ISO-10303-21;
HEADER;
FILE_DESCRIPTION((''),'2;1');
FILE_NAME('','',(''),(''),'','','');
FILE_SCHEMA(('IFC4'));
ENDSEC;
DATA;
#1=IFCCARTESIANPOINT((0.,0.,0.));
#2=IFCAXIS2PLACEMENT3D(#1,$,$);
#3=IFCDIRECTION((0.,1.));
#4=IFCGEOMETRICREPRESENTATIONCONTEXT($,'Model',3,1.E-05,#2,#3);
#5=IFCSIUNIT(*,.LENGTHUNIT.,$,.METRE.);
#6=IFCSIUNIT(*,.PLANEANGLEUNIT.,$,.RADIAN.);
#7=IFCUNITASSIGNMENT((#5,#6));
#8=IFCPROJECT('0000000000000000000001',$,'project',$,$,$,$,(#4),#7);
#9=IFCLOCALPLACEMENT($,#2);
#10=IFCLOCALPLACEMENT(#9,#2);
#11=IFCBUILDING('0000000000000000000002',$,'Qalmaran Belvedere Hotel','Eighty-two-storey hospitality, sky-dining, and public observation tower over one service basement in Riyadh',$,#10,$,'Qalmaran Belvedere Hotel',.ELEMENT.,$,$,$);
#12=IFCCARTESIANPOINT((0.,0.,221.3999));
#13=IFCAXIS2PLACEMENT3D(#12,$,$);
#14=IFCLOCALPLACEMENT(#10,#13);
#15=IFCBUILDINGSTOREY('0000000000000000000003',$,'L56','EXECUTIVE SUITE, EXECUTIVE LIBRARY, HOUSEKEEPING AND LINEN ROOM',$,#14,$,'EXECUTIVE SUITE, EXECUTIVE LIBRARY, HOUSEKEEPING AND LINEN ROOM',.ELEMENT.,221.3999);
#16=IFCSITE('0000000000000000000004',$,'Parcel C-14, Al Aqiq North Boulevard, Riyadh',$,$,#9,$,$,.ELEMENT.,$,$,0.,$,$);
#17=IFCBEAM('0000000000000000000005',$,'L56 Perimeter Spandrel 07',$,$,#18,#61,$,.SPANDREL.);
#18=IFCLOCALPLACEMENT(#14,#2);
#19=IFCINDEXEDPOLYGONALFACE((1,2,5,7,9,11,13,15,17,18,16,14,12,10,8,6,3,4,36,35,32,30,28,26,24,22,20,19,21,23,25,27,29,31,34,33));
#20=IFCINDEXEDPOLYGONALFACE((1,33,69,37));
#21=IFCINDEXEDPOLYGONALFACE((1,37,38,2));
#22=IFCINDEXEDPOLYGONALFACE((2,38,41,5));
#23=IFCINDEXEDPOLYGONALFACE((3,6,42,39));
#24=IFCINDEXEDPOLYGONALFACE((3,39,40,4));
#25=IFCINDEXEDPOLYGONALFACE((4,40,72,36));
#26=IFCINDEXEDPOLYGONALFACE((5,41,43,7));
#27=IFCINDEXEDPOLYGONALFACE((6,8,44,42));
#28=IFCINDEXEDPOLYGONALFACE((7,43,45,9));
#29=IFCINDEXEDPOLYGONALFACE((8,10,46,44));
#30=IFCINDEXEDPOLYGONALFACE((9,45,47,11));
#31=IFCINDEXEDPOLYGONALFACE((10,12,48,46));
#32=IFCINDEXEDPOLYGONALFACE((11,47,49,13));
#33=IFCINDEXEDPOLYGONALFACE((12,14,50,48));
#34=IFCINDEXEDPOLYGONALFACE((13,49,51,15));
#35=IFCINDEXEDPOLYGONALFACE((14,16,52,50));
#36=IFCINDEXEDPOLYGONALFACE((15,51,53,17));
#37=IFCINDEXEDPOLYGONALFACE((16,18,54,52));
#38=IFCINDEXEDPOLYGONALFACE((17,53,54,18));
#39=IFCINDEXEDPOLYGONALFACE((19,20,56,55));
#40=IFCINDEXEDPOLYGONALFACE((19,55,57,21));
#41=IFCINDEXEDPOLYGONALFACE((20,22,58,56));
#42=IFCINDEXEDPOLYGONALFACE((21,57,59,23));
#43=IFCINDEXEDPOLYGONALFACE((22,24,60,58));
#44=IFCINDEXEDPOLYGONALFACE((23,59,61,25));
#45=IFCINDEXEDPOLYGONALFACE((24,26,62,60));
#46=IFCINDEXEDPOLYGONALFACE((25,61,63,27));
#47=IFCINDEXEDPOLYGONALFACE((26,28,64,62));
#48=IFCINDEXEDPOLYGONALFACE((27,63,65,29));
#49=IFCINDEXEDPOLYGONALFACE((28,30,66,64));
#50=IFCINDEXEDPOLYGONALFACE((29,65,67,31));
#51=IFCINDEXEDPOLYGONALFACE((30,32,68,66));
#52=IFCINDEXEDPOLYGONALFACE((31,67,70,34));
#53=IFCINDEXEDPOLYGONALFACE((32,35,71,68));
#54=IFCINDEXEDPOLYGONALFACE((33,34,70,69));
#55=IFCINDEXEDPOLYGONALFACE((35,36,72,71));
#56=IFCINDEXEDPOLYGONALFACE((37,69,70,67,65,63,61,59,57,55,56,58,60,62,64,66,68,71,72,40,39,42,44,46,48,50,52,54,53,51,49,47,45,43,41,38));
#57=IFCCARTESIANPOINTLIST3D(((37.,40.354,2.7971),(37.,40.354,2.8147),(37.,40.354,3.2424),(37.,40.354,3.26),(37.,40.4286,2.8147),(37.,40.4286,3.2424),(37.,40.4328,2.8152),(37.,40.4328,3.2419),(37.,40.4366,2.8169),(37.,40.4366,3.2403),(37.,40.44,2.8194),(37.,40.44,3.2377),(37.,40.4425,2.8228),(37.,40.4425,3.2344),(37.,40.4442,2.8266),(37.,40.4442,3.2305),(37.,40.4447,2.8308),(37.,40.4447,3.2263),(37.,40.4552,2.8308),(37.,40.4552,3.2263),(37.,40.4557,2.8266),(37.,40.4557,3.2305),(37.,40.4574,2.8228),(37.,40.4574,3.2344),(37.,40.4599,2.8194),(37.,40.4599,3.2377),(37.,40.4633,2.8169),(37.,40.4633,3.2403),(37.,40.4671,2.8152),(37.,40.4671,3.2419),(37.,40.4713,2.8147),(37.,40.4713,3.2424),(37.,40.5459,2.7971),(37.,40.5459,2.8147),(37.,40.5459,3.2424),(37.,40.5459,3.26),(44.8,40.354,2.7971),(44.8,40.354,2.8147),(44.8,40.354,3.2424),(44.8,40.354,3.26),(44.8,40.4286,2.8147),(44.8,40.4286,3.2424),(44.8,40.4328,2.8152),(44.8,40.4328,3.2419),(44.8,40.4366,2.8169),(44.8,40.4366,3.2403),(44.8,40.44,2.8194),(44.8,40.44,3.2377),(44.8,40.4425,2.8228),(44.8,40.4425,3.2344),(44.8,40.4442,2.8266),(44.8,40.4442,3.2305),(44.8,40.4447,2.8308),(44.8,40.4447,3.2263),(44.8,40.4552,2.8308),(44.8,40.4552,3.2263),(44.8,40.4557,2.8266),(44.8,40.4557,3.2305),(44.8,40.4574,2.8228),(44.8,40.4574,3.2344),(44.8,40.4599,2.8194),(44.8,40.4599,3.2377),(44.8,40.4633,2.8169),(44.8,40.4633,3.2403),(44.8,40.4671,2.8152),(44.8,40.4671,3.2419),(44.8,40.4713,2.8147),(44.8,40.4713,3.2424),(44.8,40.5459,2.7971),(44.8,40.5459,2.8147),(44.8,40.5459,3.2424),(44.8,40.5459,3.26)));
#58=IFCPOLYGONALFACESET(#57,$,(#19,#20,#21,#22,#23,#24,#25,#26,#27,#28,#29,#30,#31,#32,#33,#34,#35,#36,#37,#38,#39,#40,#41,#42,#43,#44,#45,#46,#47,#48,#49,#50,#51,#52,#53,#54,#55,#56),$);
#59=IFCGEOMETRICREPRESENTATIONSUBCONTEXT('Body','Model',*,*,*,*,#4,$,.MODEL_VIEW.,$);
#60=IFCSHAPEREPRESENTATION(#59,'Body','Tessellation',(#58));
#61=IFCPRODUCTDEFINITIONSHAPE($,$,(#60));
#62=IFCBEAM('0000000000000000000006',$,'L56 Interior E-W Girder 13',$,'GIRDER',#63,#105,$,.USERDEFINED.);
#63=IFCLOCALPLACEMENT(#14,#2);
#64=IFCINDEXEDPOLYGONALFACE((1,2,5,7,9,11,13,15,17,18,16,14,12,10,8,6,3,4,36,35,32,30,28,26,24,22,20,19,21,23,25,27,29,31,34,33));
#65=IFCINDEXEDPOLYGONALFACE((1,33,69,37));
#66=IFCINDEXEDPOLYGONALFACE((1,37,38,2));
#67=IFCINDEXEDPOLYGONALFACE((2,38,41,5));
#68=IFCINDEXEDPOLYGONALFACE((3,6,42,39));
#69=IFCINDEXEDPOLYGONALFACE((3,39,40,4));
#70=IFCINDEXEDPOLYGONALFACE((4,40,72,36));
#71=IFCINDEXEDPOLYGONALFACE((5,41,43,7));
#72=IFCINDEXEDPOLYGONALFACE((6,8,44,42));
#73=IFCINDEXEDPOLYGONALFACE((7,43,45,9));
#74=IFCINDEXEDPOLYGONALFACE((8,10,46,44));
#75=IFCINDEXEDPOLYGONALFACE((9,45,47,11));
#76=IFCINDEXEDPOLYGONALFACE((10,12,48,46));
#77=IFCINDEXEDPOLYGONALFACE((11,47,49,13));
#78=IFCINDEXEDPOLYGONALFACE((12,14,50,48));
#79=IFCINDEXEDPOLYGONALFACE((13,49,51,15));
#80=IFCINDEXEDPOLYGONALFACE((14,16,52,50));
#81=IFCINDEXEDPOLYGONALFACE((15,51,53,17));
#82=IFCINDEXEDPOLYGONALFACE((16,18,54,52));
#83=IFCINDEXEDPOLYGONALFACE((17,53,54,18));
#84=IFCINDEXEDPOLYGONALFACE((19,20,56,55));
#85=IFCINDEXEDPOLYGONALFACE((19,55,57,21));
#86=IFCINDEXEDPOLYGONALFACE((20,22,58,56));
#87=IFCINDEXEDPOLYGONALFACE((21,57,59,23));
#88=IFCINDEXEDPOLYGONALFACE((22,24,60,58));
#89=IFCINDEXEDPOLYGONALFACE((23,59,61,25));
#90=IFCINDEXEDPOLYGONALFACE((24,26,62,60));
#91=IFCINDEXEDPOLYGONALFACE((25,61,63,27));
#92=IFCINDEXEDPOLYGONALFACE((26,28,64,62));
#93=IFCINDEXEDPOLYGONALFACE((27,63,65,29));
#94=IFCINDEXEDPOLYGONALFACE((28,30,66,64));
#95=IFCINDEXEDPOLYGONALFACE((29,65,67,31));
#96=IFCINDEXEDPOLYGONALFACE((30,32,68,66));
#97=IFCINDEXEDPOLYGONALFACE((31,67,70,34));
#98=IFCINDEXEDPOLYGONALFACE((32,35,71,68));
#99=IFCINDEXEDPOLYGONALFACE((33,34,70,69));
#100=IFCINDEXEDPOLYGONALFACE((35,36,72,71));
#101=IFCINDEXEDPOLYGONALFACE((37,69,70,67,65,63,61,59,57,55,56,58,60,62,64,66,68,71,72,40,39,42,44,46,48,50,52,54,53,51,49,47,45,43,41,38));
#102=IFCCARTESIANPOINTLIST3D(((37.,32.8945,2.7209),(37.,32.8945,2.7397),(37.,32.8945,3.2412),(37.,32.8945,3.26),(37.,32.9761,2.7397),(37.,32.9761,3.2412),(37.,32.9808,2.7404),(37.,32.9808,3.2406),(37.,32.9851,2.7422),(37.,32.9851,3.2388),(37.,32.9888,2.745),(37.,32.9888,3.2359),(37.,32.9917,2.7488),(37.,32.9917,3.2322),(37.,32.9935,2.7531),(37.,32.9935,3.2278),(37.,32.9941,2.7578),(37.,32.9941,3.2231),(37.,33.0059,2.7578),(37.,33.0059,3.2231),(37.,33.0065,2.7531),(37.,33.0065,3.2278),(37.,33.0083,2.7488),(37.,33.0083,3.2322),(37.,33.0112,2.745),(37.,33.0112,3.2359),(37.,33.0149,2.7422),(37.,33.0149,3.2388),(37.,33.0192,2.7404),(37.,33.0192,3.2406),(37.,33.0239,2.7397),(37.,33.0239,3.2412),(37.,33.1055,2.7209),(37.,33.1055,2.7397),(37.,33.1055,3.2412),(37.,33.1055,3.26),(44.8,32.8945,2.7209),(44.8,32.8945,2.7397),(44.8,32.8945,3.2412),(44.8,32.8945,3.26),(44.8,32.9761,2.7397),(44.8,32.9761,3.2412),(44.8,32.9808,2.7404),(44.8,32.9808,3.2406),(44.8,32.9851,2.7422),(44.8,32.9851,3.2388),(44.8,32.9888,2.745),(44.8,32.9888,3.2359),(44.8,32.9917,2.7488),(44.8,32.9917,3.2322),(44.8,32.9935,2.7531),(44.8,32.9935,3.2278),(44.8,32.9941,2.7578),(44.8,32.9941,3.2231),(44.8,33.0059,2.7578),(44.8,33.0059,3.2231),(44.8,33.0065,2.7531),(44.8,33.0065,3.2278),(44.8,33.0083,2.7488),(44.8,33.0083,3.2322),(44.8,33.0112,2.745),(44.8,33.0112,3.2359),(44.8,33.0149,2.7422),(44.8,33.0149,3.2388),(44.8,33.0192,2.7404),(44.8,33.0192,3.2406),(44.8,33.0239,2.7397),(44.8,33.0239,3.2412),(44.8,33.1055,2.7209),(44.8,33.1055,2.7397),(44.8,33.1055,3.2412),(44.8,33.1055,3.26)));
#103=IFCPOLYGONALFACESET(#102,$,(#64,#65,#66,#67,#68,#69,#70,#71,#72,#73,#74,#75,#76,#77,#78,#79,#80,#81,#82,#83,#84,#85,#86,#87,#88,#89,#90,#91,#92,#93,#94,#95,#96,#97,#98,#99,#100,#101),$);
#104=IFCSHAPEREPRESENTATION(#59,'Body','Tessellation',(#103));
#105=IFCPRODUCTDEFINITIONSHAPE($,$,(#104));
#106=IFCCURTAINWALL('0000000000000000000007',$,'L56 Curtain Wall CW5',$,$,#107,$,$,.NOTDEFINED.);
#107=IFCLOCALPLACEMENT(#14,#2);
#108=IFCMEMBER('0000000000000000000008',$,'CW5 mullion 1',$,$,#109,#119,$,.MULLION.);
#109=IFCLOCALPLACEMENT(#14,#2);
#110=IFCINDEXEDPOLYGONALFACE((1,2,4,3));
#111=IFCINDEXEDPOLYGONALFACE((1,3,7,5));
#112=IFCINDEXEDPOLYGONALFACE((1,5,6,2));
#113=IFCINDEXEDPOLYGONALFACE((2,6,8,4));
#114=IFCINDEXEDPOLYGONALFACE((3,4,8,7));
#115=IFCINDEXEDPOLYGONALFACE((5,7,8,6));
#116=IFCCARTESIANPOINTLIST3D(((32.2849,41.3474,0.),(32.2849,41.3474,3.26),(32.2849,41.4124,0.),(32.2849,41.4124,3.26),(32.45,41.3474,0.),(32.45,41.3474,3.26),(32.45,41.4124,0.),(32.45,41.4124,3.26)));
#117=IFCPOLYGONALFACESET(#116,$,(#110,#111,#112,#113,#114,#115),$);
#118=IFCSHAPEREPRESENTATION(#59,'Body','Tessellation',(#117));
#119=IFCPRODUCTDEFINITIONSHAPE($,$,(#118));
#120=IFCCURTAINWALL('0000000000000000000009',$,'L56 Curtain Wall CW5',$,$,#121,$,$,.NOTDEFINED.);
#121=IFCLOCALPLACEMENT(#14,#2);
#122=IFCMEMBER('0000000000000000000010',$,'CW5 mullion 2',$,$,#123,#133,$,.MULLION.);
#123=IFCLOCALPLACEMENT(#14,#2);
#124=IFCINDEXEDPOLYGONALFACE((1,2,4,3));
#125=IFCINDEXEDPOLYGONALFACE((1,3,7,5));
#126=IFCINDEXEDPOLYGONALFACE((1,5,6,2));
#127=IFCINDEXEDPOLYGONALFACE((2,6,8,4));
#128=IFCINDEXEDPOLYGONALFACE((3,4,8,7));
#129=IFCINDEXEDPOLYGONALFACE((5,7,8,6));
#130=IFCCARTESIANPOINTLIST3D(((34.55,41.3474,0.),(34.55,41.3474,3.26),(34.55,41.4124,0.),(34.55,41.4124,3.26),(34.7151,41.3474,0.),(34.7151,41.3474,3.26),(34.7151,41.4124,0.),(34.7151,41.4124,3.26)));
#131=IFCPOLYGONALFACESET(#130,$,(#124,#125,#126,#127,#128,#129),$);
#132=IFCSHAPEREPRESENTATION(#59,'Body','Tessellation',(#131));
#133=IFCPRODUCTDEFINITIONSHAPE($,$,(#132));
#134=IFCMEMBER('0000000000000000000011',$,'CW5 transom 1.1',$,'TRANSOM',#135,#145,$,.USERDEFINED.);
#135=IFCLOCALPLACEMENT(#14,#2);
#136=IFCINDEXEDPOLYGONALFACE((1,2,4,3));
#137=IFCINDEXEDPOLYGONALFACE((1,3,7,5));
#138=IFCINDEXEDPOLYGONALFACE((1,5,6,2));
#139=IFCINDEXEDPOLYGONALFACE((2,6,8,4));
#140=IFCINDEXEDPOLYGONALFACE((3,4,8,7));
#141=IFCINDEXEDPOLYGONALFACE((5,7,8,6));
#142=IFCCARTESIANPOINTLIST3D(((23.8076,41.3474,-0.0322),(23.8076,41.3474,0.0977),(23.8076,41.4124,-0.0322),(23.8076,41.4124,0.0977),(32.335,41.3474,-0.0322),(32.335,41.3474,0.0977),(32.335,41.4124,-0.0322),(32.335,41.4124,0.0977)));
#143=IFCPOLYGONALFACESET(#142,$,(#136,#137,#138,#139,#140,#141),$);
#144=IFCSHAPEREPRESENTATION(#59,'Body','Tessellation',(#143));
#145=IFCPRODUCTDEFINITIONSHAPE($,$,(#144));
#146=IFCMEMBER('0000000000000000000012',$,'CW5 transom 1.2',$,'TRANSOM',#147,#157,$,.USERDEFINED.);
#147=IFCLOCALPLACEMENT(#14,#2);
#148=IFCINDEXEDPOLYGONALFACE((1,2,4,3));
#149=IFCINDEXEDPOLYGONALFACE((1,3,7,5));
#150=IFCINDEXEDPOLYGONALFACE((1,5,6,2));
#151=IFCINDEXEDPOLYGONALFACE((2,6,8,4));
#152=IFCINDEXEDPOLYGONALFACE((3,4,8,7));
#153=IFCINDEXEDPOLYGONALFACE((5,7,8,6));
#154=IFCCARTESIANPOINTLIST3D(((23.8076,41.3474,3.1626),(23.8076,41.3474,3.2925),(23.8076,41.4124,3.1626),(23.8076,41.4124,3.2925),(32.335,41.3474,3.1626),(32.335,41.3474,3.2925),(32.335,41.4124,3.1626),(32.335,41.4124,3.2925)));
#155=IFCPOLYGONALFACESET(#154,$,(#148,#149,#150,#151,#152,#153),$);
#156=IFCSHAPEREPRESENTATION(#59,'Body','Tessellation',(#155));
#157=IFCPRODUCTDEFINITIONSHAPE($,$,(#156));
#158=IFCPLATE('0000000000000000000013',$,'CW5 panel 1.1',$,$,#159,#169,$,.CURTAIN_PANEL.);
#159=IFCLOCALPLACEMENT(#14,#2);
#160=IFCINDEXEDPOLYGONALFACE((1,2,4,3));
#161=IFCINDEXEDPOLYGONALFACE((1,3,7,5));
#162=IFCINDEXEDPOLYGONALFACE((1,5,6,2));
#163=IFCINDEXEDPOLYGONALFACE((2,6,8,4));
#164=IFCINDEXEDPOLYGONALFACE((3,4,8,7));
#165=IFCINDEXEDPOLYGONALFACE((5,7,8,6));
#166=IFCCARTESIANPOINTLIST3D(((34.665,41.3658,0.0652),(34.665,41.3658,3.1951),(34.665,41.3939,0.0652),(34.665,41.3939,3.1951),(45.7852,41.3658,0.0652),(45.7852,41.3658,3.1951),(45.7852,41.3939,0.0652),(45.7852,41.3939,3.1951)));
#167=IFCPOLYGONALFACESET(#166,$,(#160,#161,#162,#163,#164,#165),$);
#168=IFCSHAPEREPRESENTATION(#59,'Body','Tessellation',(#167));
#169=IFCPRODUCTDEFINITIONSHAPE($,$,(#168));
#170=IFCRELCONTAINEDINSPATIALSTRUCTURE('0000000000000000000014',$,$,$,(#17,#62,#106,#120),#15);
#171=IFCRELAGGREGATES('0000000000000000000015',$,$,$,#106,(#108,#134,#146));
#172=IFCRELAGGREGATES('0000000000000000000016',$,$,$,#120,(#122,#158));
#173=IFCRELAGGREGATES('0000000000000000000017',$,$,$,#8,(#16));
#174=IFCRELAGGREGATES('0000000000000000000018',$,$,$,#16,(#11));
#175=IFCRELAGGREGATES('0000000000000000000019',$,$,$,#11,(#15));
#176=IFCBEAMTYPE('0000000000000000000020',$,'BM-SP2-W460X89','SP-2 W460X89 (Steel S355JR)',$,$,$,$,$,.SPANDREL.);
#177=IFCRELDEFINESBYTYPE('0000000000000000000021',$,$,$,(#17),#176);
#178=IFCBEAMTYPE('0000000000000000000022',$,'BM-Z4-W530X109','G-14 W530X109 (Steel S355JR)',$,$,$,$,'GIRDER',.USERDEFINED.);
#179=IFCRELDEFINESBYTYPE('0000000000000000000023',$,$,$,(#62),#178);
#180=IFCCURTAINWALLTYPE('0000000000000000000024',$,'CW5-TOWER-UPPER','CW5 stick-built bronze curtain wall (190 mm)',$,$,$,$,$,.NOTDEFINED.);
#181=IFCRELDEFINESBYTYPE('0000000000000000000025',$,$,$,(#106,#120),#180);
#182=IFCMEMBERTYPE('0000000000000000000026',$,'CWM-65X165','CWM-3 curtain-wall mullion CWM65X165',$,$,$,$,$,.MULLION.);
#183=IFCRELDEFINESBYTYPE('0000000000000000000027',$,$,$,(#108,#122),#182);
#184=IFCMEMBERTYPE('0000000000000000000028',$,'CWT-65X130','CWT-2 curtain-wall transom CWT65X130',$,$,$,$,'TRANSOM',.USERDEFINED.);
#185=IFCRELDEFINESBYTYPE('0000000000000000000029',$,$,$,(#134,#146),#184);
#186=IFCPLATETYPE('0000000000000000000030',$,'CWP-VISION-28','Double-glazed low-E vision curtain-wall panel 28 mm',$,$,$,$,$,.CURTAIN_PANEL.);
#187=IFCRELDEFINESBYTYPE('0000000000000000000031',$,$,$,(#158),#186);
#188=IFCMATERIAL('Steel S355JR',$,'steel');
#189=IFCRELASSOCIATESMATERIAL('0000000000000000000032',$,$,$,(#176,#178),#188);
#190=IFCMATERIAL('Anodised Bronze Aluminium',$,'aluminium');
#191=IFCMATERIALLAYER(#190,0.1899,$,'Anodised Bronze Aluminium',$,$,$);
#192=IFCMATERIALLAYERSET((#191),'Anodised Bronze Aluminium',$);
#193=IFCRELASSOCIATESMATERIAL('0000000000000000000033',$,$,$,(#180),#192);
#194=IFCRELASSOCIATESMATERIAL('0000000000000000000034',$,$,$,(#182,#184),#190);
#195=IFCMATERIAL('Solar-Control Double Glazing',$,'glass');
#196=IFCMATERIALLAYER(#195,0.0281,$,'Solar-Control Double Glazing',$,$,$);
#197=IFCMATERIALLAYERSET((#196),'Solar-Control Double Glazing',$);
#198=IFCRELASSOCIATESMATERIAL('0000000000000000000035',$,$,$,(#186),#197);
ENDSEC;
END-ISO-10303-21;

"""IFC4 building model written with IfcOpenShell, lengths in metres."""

from ifc_helpers import new_model, si_unit, direction, frame, origin, origin_2d, place, context, subcontext, project, spatial, rectangle, i_section, extrude, material, layer, layer_set, material_profile, profile_set, type_object, element, aggregate, save


model = new_model("IFC4")

# Units and contexts
model_context = context("Model", 3, precision=1e-05, world=origin(), true_north=direction((0.0, 1.0)))
body_context = subcontext(model_context, "Body", "Model", "MODEL_VIEW")
ifc_project = project(units=[si_unit("LENGTHUNIT", "METRE"), si_unit("PLANEANGLEUNIT", "RADIAN")], contexts=[model_context])

# Site, building, storey
site_placement = place(None, origin())
site = spatial("IfcSite", under=ifc_project, at=site_placement, Name="Parcel C-14, Al Aqiq North Boulevard, Riyadh", CompositionType="ELEMENT", RefElevation=0.0)
building_placement = place(site_placement, origin())
building = spatial("IfcBuilding", under=site, at=building_placement, Name="Qalmaran Belvedere Hotel", Description="Eighty-two-storey hospitality, sky-dining, and public observation tower over one service basement in Riyadh", LongName="Qalmaran Belvedere Hotel", CompositionType="ELEMENT")
storey_placement = place(building_placement, frame((0.0, 0.0, 221.3999)))
storey = spatial("IfcBuildingStorey", under=building, at=storey_placement, Name="L56", Description="EXECUTIVE SUITE, EXECUTIVE LIBRARY, HOUSEKEEPING AND LINEN ROOM", LongName="EXECUTIVE SUITE, EXECUTIVE LIBRARY, HOUSEKEEPING AND LINEN ROOM", CompositionType="ELEMENT", Elevation=221.3999)

# Beams
ifc_material_1 = material(Name="Steel S355JR", Category="steel")
ifc_material_profile_1 = material_profile(ifc_material_1, i_section(OverallWidth=0.1919, OverallDepth=0.4629, WebThickness=0.0105, FlangeThickness=0.0176, FilletRadius=0.0161, at=origin_2d()), Name="W460X89")
ifc_profile_set_1 = profile_set([ifc_material_profile_1], Name="Steel S355JR")
beam_type_1 = type_object("IfcBeamType", Name="BM-SP2-W460X89", Description="SP-2 W460X89 (Steel S355JR)", PredefinedType="SPANDREL", material=ifc_profile_set_1)
beam_1_placement = place(storey_placement, frame((37.0, 40.45, 3.0286), z_axis=(1.0, 0.0, 0.0), x_axis=(0.0, 1.0, 0.0)))
element("IfcBeam", 1, at=beam_1_placement, inside=storey, type_object=beam_type_1, Name="L56 Perimeter Spandrel 07", PredefinedType="SPANDREL", context=body_context, shape_type="SweptSolid", body=[
    extrude(i_section(OverallWidth=0.1919, OverallDepth=0.4629, WebThickness=0.0105, FlangeThickness=0.0176, FilletRadius=0.0161, at=origin_2d()), origin(), (0.0, 0.0, 1.0), 7.8),
])
ifc_material_profile_2 = material_profile(ifc_material_1, i_section(OverallWidth=0.2109, OverallDepth=0.5391, WebThickness=0.0117, FlangeThickness=0.0188, FilletRadius=0.0181, at=origin_2d()), Name="W530X109")
ifc_profile_set_2 = profile_set([ifc_material_profile_2], Name="Steel S355JR")
beam_type_2 = type_object("IfcBeamType", Name="BM-Z4-W530X109", Description="G-14 W530X109 (Steel S355JR)", ElementType="GIRDER", PredefinedType="USERDEFINED", material=ifc_profile_set_2)
beam_2_placement = place(storey_placement, frame((37.0, 33.0, 2.9905), z_axis=(1.0, 0.0, 0.0), x_axis=(0.0, 1.0, 0.0)))
element("IfcBeam", 2, at=beam_2_placement, inside=storey, type_object=beam_type_2, Name="L56 Interior E-W Girder 13", ObjectType="GIRDER", PredefinedType="USERDEFINED", context=body_context, shape_type="SweptSolid", body=[
    extrude(i_section(OverallWidth=0.2109, OverallDepth=0.5391, WebThickness=0.0117, FlangeThickness=0.0188, FilletRadius=0.0181, at=origin_2d()), origin(), (0.0, 0.0, 1.0), 7.8),
])

# Curtain walls, members
ifc_material_2 = material(Name="Anodised Bronze Aluminium", Category="aluminium")
ifc_layer_1 = layer(ifc_material_2, 0.1899, Name="Anodised Bronze Aluminium")
ifc_layer_set_1 = layer_set([ifc_layer_1], Name="Anodised Bronze Aluminium")
curtain_wall_type = type_object("IfcCurtainWallType", Name="CW5-TOWER-UPPER", Description="CW5 stick-built bronze curtain wall (190 mm)", PredefinedType="NOTDEFINED", material=ifc_layer_set_1)
curtain_wall_1_placement = place(storey_placement, origin())
curtain_wall_1 = element("IfcCurtainWall", 3, at=curtain_wall_1_placement, inside=storey, type_object=curtain_wall_type, Name="L56 Curtain Wall CW5", PredefinedType="NOTDEFINED")
ifc_material_profile_3 = material_profile(ifc_material_2, rectangle(XDim=0.0649, YDim=0.165, at=origin_2d()), Name="CWM65X165")
ifc_profile_set_3 = profile_set([ifc_material_profile_3], Name="Anodised Bronze Aluminium")
member_type_1 = type_object("IfcMemberType", Name="CWM-65X165", Description="CWM-3 curtain-wall mullion CWM65X165", PredefinedType="MULLION", material=ifc_profile_set_3)
member_1_placement = place(storey_placement, frame((32.3674, 41.3799, 0.0), z_axis=(0.0, 0.0, 1.0), x_axis=(0.0, -1.0, 0.0)))
member_1 = element("IfcMember", 4, at=member_1_placement, type_object=member_type_1, Name="CW5 mullion 1", PredefinedType="MULLION", context=body_context, shape_type="SweptSolid", body=[
    extrude(rectangle(XDim=0.0649, YDim=0.165, at=origin_2d()), origin(), (0.0, 0.0, 1.0), 3.26),
])
curtain_wall_2_placement = place(storey_placement, origin())
curtain_wall_2 = element("IfcCurtainWall", 5, at=curtain_wall_2_placement, inside=storey, type_object=curtain_wall_type, Name="L56 Curtain Wall CW5", PredefinedType="NOTDEFINED")
member_2_placement = place(storey_placement, frame((34.6326, 41.3799, 0.0), z_axis=(0.0, 0.0, 1.0), x_axis=(0.0, -1.0, 0.0)))
member_2 = element("IfcMember", 6, at=member_2_placement, type_object=member_type_1, Name="CW5 mullion 2", PredefinedType="MULLION", context=body_context, shape_type="SweptSolid", body=[
    extrude(rectangle(XDim=0.0649, YDim=0.165, at=origin_2d()), origin(), (0.0, 0.0, 1.0), 3.26),
])

# Members
ifc_material_profile_4 = material_profile(ifc_material_2, rectangle(XDim=0.0649, YDim=0.1299, at=origin_2d()), Name="CWT65X130")
ifc_profile_set_4 = profile_set([ifc_material_profile_4], Name="Anodised Bronze Aluminium")
member_type_2 = type_object("IfcMemberType", Name="CWT-65X130", Description="CWT-2 curtain-wall transom CWT65X130", ElementType="TRANSOM", PredefinedType="USERDEFINED", material=ifc_profile_set_4)
member_3_placement = place(storey_placement, frame((32.335, 41.3799, 0.0327), z_axis=(-1.0, 0.0, 0.0), x_axis=(0.0, -1.0, 0.0)))
member_3 = element("IfcMember", 7, at=member_3_placement, type_object=member_type_2, Name="CW5 transom 1.1", ObjectType="TRANSOM", PredefinedType="USERDEFINED", context=body_context, shape_type="SweptSolid", body=[
    extrude(rectangle(XDim=0.0649, YDim=0.1299, at=origin_2d()), origin(), (0.0, 0.0, 1.0), 8.5273),
])
member_4_placement = place(storey_placement, frame((32.335, 41.3799, 3.2275), z_axis=(-1.0, 0.0, 0.0), x_axis=(0.0, -1.0, 0.0)))
member_4 = element("IfcMember", 8, at=member_4_placement, type_object=member_type_2, Name="CW5 transom 1.2", ObjectType="TRANSOM", PredefinedType="USERDEFINED", context=body_context, shape_type="SweptSolid", body=[
    extrude(rectangle(XDim=0.0649, YDim=0.1299, at=origin_2d()), origin(), (0.0, 0.0, 1.0), 8.5273),
])
aggregate(curtain_wall_1, [member_1, member_3, member_4])

# Plate
ifc_material_3 = material(Name="Solar-Control Double Glazing", Category="glass")
ifc_layer_2 = layer(ifc_material_3, 0.0281, Name="Solar-Control Double Glazing")
ifc_layer_set_2 = layer_set([ifc_layer_2], Name="Solar-Control Double Glazing")
plate_type = type_object("IfcPlateType", Name="CWP-VISION-28", Description="Double-glazed low-E vision curtain-wall panel 28 mm", PredefinedType="CURTAIN_PANEL", material=ifc_layer_set_2)
plate_placement = place(storey_placement, frame((40.2251, 41.3799, 0.0652), z_axis=(0.0, 0.0, 1.0), x_axis=(-1.0, 0.0, 0.0)))
plate = element("IfcPlate", 9, at=plate_placement, type_object=plate_type, Name="CW5 panel 1.1", PredefinedType="CURTAIN_PANEL", context=body_context, shape_type="SweptSolid", body=[
    extrude(rectangle(XDim=11.1201, YDim=0.0281, at=origin_2d()), origin(), (0.0, 0.0, 1.0), 3.1299),
])
aggregate(curtain_wall_2, [member_2, plate])

save(model, "model.ifc")
